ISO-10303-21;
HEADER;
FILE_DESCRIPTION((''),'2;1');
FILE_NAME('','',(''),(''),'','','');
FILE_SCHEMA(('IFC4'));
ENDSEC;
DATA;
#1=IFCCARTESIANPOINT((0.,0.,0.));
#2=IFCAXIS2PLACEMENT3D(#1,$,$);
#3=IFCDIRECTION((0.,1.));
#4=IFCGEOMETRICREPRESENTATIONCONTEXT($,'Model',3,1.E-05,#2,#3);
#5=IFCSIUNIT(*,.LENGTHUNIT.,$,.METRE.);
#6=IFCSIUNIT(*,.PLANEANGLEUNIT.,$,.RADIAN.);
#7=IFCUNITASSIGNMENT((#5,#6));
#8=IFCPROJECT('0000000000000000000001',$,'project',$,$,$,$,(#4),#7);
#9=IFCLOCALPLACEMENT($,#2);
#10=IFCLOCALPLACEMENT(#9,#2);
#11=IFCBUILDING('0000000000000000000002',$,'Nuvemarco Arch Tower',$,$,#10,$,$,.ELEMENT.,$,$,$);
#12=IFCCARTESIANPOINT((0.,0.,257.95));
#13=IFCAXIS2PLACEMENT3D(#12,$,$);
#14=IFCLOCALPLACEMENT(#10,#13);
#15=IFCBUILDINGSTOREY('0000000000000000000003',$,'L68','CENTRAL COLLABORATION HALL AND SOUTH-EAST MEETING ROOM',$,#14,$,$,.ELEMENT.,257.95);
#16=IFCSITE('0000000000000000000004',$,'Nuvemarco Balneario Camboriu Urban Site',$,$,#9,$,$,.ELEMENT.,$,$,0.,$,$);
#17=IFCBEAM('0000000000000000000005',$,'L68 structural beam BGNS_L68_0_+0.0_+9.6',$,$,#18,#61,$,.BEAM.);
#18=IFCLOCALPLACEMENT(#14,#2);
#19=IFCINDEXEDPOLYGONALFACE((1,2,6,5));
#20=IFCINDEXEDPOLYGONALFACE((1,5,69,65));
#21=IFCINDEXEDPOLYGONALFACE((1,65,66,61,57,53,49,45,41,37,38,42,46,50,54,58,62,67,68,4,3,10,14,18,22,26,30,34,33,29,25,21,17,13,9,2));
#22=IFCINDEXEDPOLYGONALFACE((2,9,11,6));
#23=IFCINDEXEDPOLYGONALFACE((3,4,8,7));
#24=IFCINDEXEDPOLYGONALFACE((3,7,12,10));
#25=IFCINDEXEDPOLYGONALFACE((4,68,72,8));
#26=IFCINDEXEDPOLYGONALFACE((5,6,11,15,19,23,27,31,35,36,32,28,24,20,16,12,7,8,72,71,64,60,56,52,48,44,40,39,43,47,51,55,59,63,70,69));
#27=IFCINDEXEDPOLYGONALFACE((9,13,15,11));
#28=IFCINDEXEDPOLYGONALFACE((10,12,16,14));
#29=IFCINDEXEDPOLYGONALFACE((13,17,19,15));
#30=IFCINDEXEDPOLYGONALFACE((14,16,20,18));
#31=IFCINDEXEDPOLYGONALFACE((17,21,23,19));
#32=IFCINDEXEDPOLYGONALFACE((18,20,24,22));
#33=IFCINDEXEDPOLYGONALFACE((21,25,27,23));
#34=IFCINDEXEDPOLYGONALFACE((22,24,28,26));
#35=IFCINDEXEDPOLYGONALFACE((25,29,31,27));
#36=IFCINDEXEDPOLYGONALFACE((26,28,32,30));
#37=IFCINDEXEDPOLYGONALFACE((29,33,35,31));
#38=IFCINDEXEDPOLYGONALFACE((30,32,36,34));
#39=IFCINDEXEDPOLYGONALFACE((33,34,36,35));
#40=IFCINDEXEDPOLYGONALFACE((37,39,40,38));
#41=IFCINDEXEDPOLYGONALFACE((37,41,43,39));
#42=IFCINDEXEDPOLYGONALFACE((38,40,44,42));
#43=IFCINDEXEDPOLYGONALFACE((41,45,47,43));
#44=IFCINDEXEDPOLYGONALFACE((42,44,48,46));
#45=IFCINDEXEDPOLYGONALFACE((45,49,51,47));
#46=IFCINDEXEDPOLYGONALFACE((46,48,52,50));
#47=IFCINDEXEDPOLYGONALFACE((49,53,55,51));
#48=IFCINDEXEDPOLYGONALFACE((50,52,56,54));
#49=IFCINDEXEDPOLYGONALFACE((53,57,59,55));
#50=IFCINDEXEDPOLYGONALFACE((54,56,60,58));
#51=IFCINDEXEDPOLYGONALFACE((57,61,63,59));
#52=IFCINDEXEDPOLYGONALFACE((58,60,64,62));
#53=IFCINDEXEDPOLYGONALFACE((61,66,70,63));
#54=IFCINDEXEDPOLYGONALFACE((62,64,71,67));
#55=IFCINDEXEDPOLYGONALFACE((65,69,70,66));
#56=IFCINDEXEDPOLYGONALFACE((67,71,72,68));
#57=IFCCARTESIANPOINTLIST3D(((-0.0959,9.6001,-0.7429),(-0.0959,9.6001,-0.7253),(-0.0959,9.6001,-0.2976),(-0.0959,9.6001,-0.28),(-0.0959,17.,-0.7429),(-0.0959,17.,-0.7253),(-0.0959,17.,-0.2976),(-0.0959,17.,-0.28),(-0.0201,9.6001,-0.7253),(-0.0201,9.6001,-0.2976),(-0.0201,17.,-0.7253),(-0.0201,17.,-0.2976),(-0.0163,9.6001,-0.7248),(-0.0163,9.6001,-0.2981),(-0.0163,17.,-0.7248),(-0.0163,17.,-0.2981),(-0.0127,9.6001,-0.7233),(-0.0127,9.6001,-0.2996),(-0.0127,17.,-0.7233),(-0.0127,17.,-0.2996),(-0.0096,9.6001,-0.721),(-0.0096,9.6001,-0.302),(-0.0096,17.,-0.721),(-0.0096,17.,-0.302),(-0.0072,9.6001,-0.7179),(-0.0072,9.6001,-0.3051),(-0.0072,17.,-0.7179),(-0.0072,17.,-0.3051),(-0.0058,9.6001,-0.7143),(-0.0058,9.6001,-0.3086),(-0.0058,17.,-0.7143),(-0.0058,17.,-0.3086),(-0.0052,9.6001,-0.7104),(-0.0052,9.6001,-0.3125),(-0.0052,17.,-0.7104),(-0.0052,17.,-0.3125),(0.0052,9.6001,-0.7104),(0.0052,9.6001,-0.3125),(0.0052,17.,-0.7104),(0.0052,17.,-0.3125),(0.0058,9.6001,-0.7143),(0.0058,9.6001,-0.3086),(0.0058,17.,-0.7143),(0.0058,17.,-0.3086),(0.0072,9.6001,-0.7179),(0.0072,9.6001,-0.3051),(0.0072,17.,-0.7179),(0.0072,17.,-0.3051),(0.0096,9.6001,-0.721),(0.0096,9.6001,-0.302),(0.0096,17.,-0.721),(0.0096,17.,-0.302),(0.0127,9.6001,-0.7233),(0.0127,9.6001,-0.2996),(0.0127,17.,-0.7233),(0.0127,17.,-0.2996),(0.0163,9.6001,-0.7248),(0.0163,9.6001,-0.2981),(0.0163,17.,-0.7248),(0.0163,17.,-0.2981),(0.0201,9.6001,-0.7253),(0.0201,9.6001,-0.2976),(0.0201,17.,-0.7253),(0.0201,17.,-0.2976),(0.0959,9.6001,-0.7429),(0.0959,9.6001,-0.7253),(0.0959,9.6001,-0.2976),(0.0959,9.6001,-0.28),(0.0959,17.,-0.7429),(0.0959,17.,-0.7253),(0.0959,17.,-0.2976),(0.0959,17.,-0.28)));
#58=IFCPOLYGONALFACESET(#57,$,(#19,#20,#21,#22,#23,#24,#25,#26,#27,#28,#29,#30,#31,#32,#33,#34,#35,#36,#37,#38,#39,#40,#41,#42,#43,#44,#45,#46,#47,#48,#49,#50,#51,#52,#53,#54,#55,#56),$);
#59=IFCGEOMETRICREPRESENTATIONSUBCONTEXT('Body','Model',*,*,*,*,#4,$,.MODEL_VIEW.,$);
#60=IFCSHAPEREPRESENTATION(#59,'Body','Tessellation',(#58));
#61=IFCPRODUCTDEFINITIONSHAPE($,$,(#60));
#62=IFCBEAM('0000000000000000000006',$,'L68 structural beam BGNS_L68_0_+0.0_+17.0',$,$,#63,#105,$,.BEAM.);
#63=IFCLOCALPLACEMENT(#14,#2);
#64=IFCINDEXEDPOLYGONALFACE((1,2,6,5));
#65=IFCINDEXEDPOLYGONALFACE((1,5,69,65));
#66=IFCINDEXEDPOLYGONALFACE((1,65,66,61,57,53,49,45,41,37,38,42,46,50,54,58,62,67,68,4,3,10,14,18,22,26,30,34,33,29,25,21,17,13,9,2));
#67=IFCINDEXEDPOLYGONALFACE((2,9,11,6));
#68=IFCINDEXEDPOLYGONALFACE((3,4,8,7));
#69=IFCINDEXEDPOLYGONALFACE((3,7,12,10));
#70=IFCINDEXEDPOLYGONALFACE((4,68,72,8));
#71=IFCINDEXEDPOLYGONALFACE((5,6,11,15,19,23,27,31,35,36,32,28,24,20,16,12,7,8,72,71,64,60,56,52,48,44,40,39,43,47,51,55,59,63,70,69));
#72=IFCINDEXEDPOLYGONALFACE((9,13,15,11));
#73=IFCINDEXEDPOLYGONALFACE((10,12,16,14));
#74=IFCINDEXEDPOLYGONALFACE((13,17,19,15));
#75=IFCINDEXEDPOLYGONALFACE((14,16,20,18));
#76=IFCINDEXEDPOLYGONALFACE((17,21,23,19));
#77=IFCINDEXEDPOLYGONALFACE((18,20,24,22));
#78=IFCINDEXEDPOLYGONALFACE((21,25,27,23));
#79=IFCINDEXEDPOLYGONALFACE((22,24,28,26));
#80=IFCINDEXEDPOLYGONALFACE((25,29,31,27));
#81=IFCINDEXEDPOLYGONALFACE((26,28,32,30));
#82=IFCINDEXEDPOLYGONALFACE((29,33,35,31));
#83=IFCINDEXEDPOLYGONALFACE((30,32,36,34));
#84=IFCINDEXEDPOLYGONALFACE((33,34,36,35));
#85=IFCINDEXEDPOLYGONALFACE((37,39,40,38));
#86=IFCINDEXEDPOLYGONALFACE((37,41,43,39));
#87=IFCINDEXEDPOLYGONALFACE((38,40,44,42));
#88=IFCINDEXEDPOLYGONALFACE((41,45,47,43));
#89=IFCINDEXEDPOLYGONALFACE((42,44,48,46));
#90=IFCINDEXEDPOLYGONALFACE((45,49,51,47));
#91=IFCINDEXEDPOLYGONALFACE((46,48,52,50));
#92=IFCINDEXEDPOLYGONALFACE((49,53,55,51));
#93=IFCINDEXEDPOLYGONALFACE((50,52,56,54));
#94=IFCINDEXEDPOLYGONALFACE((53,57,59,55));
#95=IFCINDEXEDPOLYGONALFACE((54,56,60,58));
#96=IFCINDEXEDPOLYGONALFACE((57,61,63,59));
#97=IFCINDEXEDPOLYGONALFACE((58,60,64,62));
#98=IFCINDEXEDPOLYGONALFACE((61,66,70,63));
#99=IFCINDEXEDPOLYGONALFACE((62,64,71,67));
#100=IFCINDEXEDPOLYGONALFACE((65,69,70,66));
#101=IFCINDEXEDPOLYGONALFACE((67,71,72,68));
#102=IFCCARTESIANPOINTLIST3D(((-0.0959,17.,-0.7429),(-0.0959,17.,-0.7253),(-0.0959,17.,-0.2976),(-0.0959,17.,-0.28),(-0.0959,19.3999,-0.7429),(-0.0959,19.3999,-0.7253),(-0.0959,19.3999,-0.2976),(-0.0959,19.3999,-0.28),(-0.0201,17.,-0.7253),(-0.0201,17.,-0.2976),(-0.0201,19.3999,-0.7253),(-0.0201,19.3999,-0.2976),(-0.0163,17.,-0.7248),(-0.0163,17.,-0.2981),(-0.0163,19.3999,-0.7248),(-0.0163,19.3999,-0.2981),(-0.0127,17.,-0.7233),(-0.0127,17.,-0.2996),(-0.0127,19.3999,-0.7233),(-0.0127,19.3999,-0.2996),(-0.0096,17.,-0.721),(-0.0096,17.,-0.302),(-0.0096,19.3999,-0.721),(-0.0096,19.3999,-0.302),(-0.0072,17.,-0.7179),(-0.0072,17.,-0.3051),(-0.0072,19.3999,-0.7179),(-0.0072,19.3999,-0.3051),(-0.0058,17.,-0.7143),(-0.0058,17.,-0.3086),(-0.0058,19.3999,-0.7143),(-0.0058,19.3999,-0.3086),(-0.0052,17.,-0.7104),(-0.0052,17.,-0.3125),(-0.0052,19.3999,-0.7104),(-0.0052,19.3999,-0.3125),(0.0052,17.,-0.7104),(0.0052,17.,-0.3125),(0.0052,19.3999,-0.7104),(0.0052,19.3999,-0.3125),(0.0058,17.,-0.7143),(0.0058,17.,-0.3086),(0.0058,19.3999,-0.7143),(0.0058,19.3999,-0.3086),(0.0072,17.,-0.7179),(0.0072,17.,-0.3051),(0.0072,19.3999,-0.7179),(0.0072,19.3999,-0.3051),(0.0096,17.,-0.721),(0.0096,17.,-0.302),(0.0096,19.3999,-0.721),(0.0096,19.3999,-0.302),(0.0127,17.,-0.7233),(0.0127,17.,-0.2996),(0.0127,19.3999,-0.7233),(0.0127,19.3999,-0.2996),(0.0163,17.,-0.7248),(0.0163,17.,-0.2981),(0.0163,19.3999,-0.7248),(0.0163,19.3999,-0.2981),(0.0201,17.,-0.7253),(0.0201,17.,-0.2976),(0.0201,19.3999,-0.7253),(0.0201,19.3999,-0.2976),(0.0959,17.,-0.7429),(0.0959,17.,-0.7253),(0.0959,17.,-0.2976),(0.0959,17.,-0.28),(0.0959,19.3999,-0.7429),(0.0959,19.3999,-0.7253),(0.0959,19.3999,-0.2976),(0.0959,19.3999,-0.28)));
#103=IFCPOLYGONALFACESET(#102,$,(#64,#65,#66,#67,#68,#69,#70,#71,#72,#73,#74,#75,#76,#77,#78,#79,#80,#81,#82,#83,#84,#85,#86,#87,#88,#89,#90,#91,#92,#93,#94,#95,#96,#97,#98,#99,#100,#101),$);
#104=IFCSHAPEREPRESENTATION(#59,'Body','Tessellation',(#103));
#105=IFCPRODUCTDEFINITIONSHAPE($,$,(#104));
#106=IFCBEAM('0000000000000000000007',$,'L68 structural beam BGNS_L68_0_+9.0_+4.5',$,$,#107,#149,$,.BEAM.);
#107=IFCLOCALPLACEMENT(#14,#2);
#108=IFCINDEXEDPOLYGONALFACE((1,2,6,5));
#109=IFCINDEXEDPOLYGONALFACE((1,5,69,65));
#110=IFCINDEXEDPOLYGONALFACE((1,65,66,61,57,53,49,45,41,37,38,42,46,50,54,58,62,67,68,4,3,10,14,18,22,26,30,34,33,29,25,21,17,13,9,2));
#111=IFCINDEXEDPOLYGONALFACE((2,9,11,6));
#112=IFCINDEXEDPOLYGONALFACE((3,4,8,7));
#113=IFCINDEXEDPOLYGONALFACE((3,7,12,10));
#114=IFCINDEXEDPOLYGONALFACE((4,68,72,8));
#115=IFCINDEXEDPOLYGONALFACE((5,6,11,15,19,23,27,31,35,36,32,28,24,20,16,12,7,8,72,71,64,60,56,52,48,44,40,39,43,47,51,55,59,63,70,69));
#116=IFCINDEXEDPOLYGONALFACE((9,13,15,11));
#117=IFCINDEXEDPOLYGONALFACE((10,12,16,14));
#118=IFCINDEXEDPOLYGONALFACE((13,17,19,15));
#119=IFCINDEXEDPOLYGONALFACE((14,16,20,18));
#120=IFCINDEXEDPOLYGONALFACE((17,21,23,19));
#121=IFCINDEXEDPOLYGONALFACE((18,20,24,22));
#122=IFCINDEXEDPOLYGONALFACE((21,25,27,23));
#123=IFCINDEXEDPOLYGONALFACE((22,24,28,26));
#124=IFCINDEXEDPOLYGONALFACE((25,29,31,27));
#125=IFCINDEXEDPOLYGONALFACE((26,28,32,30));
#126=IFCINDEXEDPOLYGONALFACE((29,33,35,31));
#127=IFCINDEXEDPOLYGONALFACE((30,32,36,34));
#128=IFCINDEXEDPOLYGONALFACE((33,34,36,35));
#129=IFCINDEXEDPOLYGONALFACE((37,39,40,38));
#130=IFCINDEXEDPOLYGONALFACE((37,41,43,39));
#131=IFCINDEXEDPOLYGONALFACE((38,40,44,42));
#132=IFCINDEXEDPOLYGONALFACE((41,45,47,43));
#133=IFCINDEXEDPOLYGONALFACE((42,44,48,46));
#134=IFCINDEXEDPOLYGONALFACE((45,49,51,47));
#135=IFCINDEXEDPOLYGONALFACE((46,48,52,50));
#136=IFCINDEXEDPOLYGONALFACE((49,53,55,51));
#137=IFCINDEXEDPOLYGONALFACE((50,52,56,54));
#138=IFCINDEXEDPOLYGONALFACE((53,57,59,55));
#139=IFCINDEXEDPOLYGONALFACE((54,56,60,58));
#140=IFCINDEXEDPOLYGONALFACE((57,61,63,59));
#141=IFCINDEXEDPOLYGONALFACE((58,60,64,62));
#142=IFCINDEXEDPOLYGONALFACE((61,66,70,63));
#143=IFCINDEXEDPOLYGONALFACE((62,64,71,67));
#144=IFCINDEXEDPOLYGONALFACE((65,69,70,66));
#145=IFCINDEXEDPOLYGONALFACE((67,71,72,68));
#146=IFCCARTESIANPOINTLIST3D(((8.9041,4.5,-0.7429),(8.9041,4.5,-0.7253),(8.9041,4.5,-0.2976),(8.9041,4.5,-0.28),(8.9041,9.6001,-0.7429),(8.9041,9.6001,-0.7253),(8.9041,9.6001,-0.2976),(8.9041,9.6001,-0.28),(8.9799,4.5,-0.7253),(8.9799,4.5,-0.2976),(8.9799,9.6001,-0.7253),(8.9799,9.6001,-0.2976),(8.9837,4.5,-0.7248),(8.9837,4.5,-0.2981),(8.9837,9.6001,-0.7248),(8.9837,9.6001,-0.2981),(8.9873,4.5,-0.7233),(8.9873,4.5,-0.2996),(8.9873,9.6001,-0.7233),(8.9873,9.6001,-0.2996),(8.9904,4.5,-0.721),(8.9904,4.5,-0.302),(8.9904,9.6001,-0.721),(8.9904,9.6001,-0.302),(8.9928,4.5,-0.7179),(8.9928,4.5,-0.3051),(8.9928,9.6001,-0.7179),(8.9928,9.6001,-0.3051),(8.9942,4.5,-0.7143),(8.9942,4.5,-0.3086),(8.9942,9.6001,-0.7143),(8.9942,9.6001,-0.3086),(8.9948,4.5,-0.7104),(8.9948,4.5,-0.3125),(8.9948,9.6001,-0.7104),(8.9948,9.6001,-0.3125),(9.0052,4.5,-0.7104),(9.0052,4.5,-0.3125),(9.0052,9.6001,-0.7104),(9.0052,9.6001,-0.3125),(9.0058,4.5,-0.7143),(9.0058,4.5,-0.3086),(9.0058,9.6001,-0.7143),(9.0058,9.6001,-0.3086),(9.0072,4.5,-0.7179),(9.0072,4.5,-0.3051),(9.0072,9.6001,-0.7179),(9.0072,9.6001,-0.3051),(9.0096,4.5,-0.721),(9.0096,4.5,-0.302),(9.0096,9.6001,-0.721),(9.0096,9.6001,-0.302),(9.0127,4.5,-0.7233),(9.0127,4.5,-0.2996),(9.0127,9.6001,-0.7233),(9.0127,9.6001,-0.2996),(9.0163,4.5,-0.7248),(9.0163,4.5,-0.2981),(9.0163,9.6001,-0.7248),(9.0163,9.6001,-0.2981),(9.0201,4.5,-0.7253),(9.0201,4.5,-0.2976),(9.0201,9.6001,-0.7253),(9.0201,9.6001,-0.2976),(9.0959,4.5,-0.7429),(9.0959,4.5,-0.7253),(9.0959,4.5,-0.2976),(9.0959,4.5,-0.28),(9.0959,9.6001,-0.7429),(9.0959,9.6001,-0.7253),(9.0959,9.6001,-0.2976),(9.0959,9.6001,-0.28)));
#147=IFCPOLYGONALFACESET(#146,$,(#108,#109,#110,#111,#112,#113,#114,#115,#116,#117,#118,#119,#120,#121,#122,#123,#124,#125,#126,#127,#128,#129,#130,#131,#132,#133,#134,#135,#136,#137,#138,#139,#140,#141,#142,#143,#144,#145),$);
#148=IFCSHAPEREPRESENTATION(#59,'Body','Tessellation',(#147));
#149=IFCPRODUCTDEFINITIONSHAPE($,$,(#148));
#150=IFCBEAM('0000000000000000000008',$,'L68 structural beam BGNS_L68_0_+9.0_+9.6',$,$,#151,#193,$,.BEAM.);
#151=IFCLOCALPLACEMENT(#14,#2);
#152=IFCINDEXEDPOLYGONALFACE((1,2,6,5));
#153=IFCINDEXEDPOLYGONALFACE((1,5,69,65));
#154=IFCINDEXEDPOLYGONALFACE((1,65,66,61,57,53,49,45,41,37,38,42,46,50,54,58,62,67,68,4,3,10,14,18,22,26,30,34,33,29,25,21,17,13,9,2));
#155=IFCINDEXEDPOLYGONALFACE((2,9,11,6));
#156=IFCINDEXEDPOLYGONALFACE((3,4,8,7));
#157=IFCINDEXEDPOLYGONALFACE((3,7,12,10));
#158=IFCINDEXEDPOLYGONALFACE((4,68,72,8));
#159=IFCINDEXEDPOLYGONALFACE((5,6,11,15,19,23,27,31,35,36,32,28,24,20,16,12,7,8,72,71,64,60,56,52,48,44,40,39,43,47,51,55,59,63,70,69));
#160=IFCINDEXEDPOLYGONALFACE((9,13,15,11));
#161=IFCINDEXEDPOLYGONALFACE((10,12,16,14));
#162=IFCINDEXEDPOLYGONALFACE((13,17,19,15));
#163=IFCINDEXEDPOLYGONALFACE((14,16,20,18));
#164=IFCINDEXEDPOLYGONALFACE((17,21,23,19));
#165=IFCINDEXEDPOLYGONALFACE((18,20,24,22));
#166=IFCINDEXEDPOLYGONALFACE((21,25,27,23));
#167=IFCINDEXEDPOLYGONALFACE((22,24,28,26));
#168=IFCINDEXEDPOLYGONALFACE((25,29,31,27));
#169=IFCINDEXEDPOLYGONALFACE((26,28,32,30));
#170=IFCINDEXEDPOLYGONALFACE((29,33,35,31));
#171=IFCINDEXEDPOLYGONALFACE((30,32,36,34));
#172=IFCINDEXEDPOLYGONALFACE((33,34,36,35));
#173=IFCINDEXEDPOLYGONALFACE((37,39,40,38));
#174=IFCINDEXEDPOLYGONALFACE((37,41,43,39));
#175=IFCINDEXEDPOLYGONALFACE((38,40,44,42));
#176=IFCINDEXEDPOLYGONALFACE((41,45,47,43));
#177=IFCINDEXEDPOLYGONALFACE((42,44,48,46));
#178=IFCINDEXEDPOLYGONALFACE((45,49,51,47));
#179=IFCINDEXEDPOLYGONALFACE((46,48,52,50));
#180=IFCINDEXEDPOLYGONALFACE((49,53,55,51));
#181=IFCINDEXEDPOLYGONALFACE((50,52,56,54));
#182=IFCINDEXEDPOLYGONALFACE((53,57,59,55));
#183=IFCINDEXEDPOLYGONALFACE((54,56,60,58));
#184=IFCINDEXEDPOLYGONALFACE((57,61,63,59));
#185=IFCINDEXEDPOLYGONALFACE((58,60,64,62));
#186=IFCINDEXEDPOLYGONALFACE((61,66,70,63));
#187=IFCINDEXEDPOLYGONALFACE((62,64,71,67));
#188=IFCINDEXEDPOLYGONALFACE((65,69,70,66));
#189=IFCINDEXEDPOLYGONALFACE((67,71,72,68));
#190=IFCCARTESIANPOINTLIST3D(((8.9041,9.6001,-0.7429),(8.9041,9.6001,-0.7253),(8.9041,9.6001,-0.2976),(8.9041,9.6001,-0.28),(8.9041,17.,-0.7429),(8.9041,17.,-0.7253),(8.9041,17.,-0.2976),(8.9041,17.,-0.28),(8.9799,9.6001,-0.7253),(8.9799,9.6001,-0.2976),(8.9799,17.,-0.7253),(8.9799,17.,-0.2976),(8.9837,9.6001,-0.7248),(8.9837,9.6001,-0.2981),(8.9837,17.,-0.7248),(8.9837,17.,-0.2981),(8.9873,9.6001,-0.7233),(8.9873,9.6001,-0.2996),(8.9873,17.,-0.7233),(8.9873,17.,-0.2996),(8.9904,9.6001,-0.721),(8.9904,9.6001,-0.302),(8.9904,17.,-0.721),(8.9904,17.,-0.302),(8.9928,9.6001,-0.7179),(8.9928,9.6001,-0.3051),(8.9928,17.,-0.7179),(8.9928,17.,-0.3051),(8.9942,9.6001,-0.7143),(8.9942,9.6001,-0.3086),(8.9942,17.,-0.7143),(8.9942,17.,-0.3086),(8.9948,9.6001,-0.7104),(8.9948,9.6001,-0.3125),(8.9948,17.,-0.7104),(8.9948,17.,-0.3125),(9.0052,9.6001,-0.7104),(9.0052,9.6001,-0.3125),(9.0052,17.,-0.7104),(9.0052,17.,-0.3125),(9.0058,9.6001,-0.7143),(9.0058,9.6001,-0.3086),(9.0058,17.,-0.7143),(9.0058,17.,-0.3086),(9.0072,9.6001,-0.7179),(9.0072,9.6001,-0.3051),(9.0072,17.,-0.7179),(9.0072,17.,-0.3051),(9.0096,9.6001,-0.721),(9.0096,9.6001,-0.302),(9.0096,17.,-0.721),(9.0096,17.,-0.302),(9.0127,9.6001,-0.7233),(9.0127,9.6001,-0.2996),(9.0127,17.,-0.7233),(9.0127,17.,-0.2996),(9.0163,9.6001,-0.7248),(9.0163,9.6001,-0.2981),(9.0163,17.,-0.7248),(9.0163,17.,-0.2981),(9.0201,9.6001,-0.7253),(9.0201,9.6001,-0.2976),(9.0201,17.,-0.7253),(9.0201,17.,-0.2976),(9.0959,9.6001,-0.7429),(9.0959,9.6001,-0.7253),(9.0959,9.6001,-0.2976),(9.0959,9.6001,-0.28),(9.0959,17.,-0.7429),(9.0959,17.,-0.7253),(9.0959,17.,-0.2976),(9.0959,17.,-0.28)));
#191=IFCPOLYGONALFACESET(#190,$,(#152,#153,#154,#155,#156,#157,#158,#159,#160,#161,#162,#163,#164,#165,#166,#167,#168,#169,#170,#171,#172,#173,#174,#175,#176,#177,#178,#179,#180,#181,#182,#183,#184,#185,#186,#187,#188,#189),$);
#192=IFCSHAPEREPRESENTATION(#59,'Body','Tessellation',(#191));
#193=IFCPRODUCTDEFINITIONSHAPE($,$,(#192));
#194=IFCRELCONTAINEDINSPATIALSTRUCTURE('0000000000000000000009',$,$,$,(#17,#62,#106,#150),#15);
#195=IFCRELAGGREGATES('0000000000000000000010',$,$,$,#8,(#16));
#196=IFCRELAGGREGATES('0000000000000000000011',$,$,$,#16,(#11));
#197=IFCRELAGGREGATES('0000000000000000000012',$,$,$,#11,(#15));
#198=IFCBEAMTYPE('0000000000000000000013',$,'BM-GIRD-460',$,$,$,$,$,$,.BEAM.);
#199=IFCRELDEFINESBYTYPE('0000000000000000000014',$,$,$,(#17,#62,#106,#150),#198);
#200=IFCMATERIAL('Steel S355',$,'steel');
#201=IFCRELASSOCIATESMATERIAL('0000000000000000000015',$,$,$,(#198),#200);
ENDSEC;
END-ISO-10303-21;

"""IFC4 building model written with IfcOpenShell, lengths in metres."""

from ifc_helpers import new_model, si_unit, direction, frame, origin, origin_2d, place, context, subcontext, project, spatial, i_section, extrude, material, material_profile, profile_set, type_object, element, save


model = new_model("IFC4")

# Units and contexts
model_context = context("Model", 3, precision=1e-05, world=origin(), true_north=direction((0.0, 1.0)))
body_context = subcontext(model_context, "Body", "Model", "MODEL_VIEW")
ifc_project = project(units=[si_unit("LENGTHUNIT", "METRE"), si_unit("PLANEANGLEUNIT", "RADIAN")], contexts=[model_context])

# Site, building, storey
site_placement = place(None, origin())
site = spatial("IfcSite", under=ifc_project, at=site_placement, Name="Nuvemarco Balneario Camboriu Urban Site", CompositionType="ELEMENT", RefElevation=0.0)
building_placement = place(site_placement, origin())
building = spatial("IfcBuilding", under=site, at=building_placement, Name="Nuvemarco Arch Tower", CompositionType="ELEMENT")
storey_placement = place(building_placement, frame((0.0, 0.0, 257.95)))
storey = spatial("IfcBuildingStorey", under=building, at=storey_placement, Name="L68", Description="CENTRAL COLLABORATION HALL AND SOUTH-EAST MEETING ROOM", CompositionType="ELEMENT", Elevation=257.95)

# Shared definitions
ifc_material_1 = material(Name="Steel S355", Category="steel")

# Beams
ifc_material_profile_1 = material_profile(ifc_material_1, i_section(OverallWidth=0.1919, OverallDepth=0.4629, WebThickness=0.0105, FlangeThickness=0.0176, FilletRadius=0.0149, at=origin_2d()), Name="W460x89")
ifc_profile_set_1 = profile_set([ifc_material_profile_1], Name="Steel S355")
beam_type_1 = type_object("IfcBeamType", Name="BM-GIRD-460", PredefinedType="BEAM", material=ifc_profile_set_1)
beam_1_placement = place(storey_placement, frame((0.0, 9.6001, -0.5115), z_axis=(0.0, 1.0, 0.0), x_axis=(-1.0, 0.0, 0.0)))
element("IfcBeam", 1, at=beam_1_placement, inside=storey, type_object=beam_type_1, Name="L68 structural beam BGNS_L68_0_+0.0_+9.6", PredefinedType="BEAM", context=body_context, shape_type="SweptSolid", body=[
    extrude(i_section(OverallWidth=0.1919, OverallDepth=0.4629, WebThickness=0.0105, FlangeThickness=0.0176, FilletRadius=0.0149, at=origin_2d()), origin(), (0.0, 0.0, 1.0), 7.3999),
])
beam_2_placement = place(storey_placement, frame((0.0, 17.0, -0.5115), z_axis=(0.0, 1.0, 0.0), x_axis=(-1.0, 0.0, 0.0)))
element("IfcBeam", 2, at=beam_2_placement, inside=storey, type_object=beam_type_1, Name="L68 structural beam BGNS_L68_0_+0.0_+17.0", PredefinedType="BEAM", context=body_context, shape_type="SweptSolid", body=[
    extrude(i_section(OverallWidth=0.1919, OverallDepth=0.4629, WebThickness=0.0105, FlangeThickness=0.0176, FilletRadius=0.0149, at=origin_2d()), origin(), (0.0, 0.0, 1.0), 2.3999),
])
beam_3_placement = place(storey_placement, frame((9.0, 4.5, -0.5115), z_axis=(0.0, 1.0, 0.0), x_axis=(-1.0, 0.0, 0.0)))
element("IfcBeam", 3, at=beam_3_placement, inside=storey, type_object=beam_type_1, Name="L68 structural beam BGNS_L68_0_+9.0_+4.5", PredefinedType="BEAM", context=body_context, shape_type="SweptSolid", body=[
    extrude(i_section(OverallWidth=0.1919, OverallDepth=0.4629, WebThickness=0.0105, FlangeThickness=0.0176, FilletRadius=0.0149, at=origin_2d()), origin(), (0.0, 0.0, 1.0), 5.1001),
])
beam_4_placement = place(storey_placement, frame((9.0, 9.6001, -0.5115), z_axis=(0.0, 1.0, 0.0), x_axis=(-1.0, 0.0, 0.0)))
element("IfcBeam", 4, at=beam_4_placement, inside=storey, type_object=beam_type_1, Name="L68 structural beam BGNS_L68_0_+9.0_+9.6", PredefinedType="BEAM", context=body_context, shape_type="SweptSolid", body=[
    extrude(i_section(OverallWidth=0.1919, OverallDepth=0.4629, WebThickness=0.0105, FlangeThickness=0.0176, FilletRadius=0.0149, at=origin_2d()), origin(), (0.0, 0.0, 1.0), 7.3999),
])

save(model, "model.ifc")
